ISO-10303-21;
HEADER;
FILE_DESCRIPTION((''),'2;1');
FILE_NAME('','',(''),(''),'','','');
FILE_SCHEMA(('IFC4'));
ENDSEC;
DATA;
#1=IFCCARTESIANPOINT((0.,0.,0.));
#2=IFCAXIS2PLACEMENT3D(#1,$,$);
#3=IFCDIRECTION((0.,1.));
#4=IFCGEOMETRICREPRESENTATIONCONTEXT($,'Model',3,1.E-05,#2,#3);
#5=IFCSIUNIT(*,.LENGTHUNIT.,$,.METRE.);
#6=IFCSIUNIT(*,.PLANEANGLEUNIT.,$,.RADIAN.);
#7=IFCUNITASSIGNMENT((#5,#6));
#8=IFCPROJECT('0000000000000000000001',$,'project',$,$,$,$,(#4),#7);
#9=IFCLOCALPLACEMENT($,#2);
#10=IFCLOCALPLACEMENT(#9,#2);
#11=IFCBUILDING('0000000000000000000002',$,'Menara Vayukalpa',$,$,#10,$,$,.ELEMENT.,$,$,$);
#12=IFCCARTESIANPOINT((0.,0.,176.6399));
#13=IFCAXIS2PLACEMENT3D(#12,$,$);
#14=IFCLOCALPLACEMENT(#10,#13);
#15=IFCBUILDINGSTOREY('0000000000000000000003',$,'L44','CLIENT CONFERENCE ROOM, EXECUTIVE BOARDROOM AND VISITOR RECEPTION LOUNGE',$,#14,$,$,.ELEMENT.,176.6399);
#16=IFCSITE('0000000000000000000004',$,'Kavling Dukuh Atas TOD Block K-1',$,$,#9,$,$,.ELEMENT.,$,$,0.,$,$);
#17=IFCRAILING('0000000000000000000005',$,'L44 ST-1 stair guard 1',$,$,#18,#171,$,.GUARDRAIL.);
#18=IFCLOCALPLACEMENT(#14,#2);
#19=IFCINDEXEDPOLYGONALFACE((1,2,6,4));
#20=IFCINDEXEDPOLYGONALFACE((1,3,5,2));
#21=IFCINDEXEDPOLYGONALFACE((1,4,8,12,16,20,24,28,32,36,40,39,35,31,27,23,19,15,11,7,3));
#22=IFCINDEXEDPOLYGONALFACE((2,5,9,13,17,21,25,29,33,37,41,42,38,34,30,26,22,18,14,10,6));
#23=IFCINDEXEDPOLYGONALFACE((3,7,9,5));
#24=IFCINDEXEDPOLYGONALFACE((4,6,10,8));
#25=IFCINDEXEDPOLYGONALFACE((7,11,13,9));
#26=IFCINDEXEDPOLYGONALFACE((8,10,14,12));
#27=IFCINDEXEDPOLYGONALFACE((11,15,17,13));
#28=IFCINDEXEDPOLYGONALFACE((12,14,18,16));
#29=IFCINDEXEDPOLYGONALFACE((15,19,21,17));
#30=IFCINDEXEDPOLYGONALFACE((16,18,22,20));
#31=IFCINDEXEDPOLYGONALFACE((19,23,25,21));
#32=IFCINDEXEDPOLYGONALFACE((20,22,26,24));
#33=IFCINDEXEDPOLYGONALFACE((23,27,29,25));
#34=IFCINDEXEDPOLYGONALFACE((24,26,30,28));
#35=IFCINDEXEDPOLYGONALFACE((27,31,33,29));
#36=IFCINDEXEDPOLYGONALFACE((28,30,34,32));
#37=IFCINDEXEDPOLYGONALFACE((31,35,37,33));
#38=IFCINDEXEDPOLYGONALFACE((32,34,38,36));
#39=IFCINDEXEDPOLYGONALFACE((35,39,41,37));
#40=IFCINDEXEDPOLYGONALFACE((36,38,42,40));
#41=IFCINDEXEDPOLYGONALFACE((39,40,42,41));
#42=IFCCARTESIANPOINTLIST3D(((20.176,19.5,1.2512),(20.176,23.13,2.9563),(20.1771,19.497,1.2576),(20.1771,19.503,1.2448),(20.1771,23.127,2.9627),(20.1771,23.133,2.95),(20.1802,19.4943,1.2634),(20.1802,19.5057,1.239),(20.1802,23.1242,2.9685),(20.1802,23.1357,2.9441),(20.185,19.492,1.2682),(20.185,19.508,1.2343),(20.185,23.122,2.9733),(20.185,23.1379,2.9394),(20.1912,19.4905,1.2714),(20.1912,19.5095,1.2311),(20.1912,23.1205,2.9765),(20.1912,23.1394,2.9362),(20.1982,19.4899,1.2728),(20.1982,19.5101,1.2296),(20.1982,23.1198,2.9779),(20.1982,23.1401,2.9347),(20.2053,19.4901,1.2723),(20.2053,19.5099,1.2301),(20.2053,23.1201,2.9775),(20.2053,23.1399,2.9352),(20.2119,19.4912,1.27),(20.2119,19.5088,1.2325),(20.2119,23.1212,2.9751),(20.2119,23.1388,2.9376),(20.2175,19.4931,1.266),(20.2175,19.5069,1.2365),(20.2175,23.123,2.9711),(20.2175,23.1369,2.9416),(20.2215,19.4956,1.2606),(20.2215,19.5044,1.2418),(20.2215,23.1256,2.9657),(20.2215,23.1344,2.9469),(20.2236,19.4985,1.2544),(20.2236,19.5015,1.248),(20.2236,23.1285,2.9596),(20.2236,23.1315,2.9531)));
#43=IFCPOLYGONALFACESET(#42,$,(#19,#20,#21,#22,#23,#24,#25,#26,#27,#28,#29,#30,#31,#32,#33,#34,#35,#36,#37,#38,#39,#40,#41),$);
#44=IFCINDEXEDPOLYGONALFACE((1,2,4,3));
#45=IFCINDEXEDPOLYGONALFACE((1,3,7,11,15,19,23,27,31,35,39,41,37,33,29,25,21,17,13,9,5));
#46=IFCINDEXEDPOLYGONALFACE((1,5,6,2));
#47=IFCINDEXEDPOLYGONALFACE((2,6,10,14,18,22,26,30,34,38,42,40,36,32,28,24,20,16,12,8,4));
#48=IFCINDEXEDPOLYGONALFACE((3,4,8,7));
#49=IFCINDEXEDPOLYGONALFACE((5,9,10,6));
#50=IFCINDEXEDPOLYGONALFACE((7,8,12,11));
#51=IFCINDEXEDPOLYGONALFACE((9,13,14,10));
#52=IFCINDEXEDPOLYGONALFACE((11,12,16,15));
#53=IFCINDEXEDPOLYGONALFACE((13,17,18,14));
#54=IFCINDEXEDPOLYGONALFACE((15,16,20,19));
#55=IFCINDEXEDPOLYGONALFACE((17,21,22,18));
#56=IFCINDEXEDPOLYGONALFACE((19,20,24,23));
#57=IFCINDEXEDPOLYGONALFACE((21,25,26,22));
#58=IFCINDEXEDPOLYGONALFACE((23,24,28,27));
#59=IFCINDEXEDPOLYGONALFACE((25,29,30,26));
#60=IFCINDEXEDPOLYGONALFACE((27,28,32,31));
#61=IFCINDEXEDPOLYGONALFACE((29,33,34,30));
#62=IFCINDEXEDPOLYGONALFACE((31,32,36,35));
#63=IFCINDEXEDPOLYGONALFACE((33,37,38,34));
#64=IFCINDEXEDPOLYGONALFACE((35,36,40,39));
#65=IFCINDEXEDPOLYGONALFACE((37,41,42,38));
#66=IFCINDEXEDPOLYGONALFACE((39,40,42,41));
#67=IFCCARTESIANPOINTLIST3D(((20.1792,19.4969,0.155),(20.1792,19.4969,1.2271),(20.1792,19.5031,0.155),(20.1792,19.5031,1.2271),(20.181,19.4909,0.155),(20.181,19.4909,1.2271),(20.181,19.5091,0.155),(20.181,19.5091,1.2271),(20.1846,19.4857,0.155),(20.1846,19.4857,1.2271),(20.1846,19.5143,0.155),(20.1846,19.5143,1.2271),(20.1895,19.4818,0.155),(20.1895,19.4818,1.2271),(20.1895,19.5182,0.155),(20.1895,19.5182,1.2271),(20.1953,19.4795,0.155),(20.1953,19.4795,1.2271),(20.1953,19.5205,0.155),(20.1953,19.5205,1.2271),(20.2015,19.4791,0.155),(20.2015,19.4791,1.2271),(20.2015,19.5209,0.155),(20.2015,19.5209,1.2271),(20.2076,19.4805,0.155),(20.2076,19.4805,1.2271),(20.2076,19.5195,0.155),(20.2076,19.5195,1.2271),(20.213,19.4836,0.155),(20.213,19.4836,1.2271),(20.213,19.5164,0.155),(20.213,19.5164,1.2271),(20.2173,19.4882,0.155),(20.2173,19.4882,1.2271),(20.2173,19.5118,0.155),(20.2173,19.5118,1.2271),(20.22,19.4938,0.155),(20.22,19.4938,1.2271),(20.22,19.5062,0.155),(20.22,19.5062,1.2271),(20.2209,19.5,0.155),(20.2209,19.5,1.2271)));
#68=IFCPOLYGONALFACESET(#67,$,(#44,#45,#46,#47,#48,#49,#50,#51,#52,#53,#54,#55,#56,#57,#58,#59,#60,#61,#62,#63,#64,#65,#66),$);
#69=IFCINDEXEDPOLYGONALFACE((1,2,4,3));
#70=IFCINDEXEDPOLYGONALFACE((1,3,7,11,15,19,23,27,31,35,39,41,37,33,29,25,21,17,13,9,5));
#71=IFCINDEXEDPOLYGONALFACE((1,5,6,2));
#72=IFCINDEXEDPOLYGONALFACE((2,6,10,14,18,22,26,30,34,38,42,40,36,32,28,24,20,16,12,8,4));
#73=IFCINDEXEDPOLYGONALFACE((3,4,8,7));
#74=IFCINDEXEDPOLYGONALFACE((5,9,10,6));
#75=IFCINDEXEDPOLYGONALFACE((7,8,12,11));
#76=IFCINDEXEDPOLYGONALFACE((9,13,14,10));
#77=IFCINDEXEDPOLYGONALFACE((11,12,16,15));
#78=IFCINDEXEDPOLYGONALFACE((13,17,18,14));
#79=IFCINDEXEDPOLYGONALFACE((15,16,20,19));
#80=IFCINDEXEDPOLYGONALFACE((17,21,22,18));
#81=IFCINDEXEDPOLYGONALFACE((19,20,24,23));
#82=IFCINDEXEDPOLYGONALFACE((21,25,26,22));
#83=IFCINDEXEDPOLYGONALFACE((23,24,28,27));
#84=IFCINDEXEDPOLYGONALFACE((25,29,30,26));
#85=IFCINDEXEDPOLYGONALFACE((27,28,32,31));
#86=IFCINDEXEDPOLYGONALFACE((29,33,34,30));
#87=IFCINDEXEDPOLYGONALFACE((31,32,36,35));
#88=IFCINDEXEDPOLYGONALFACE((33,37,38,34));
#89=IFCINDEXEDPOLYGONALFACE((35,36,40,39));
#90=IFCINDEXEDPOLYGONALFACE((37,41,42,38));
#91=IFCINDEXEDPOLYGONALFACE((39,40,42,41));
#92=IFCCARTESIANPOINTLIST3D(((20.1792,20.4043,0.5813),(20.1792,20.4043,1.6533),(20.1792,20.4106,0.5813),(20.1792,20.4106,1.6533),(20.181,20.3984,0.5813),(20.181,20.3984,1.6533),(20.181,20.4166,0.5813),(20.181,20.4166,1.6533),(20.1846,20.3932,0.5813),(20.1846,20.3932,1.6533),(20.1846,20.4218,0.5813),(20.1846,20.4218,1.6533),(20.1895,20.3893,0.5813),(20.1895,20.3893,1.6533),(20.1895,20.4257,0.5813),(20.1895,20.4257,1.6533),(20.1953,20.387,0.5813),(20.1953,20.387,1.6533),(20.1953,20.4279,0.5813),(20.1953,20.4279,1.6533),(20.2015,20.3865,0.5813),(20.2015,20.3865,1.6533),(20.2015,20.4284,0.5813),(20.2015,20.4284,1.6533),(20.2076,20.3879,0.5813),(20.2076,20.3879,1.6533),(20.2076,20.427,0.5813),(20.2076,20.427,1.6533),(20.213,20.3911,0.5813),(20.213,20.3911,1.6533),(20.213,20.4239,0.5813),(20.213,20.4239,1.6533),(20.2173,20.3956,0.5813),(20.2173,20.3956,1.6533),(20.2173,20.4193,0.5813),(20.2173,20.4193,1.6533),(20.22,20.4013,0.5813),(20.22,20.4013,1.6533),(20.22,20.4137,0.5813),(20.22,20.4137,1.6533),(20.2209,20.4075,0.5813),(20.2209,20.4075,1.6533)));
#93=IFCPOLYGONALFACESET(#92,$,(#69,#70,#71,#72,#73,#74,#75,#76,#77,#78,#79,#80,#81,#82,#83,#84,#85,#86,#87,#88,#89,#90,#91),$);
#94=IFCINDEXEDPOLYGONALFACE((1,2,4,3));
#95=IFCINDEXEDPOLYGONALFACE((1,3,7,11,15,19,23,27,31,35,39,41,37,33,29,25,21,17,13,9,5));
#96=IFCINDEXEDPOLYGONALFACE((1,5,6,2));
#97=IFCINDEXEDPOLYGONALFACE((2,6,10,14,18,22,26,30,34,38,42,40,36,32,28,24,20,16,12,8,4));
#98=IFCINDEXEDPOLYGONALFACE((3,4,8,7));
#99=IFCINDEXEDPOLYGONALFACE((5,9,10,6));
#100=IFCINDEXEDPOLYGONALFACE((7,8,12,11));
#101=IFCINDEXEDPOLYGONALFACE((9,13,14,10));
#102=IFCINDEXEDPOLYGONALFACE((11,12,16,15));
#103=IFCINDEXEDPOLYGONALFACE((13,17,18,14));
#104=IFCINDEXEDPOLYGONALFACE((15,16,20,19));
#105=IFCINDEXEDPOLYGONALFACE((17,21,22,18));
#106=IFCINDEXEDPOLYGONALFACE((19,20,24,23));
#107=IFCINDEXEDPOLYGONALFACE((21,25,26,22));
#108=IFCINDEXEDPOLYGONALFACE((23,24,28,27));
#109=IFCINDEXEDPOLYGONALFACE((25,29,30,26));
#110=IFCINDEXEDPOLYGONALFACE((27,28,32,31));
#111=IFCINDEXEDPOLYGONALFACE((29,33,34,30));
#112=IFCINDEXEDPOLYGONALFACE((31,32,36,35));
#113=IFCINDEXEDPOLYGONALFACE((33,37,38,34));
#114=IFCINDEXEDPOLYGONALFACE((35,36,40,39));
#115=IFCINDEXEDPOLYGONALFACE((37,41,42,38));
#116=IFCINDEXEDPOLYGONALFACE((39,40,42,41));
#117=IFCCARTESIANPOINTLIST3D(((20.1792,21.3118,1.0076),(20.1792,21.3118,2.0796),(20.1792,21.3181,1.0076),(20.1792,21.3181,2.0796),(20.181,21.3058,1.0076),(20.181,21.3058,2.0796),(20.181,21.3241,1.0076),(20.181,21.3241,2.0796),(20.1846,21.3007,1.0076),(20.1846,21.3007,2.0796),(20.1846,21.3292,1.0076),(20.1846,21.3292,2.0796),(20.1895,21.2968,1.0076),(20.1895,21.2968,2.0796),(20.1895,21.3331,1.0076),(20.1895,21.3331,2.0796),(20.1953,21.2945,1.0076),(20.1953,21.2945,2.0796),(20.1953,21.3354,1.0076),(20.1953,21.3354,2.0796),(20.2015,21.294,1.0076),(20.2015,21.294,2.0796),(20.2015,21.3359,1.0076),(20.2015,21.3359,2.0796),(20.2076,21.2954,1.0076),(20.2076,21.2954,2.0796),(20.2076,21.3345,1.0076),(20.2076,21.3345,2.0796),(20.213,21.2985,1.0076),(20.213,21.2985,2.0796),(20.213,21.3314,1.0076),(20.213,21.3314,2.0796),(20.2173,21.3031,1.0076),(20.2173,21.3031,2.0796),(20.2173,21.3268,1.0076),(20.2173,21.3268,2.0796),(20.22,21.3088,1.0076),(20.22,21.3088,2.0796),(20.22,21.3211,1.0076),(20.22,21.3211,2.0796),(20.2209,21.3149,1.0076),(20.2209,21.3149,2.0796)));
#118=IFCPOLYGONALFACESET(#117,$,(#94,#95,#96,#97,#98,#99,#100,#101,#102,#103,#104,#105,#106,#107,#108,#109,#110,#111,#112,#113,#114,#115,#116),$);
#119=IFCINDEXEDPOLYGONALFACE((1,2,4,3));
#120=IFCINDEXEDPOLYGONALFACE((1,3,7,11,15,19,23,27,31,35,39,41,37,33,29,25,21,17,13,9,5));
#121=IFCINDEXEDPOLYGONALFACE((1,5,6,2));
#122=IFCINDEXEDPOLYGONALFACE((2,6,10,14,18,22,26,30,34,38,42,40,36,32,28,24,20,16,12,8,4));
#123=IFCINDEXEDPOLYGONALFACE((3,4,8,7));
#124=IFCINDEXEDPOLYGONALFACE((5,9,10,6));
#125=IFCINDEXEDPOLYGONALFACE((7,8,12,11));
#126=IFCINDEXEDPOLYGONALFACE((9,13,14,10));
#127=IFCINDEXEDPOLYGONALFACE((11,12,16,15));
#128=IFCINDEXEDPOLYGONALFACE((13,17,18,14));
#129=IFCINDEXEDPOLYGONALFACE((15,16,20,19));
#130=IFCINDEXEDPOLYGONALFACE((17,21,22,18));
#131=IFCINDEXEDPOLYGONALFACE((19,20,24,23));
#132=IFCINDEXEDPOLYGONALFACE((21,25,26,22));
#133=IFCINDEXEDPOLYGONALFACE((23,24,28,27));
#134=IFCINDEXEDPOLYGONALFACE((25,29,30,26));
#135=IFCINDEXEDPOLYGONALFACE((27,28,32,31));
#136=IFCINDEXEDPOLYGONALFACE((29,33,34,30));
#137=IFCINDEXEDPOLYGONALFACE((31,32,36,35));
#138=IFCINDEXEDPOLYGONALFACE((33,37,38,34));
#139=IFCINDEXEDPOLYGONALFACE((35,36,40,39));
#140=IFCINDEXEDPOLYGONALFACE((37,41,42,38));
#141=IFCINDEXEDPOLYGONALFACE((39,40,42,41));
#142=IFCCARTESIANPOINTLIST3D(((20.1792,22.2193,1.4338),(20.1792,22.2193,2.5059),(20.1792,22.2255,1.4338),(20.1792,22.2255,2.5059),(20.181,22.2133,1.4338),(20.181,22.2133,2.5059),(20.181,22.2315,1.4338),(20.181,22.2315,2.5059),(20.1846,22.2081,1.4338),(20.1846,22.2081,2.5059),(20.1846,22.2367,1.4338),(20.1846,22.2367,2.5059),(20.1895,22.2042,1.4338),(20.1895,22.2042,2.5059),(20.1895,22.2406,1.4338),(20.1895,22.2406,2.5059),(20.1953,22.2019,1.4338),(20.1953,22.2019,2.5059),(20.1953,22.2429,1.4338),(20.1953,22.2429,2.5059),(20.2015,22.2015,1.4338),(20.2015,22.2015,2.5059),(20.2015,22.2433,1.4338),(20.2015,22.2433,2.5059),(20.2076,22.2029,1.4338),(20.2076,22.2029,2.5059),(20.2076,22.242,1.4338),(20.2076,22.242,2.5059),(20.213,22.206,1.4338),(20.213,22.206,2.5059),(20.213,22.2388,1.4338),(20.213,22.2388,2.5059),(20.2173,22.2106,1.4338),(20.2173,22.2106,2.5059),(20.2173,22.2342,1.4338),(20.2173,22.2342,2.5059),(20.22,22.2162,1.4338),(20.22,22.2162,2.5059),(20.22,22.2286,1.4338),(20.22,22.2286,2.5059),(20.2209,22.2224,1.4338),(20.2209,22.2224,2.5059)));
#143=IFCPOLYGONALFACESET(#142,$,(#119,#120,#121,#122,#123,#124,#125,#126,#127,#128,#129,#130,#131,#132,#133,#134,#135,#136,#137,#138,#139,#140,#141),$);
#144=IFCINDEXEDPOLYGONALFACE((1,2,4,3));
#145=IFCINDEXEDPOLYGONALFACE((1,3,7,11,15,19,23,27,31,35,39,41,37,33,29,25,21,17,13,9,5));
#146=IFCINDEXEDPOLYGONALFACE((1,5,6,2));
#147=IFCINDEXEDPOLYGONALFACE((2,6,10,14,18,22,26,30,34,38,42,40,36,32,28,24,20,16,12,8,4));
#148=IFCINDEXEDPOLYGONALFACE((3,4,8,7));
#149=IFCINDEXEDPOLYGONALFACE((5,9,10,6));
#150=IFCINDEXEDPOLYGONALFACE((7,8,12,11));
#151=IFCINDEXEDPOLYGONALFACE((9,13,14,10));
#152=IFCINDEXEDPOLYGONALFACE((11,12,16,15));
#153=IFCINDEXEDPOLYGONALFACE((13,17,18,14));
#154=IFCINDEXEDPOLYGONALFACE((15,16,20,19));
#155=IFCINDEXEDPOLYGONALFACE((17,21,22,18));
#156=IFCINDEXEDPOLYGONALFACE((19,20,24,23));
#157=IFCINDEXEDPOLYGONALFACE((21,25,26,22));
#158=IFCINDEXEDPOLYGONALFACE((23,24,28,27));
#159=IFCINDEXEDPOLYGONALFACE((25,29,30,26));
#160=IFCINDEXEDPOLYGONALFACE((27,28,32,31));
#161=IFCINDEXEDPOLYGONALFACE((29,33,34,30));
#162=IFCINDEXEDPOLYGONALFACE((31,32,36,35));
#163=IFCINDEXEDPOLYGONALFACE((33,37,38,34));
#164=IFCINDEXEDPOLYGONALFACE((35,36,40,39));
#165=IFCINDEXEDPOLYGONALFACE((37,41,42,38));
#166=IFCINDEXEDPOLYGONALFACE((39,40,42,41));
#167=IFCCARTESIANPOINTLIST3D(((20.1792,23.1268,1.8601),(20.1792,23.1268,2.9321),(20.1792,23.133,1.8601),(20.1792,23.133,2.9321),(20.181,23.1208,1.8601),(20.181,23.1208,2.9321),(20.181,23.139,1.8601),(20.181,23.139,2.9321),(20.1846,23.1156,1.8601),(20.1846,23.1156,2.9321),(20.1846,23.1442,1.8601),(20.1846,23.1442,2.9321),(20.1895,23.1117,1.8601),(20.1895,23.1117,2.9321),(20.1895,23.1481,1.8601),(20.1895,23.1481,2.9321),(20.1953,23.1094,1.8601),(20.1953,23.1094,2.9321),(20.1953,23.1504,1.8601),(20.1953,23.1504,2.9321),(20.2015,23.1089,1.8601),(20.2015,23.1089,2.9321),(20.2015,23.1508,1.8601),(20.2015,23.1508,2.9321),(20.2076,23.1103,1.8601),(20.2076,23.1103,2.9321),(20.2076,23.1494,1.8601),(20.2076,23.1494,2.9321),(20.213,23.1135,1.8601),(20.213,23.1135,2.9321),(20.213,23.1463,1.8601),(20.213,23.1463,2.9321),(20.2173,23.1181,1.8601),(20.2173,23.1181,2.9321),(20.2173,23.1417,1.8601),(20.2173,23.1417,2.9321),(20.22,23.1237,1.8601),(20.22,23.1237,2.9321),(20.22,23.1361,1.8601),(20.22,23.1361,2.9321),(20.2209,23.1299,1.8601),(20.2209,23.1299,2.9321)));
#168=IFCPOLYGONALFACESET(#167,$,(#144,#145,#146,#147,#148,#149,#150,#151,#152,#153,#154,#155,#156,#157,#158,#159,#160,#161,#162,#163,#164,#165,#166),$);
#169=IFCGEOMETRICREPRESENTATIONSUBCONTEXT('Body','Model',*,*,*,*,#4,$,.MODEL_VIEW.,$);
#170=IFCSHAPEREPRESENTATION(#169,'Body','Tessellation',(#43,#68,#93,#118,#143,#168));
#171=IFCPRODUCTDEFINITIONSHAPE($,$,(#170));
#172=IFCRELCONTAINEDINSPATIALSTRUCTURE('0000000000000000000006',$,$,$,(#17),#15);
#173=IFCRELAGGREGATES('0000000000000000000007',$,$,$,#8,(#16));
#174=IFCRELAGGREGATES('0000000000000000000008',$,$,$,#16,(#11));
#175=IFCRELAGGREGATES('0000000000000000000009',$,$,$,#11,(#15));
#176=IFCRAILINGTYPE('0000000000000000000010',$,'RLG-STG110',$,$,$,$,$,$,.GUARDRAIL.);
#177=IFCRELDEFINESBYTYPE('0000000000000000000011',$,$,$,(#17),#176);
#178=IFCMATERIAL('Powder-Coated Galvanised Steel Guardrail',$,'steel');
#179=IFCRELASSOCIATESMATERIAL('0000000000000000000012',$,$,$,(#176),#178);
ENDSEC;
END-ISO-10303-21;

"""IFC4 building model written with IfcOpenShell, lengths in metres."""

from ifc_helpers import new_model, si_unit, direction, frame, origin, origin_2d, place, context, subcontext, project, spatial, circle, extrude, material, type_object, element, save


model = new_model("IFC4")

# Units and contexts
model_context = context("Model", 3, precision=1e-05, world=origin(), true_north=direction((0.0, 1.0)))
body_context = subcontext(model_context, "Body", "Model", "MODEL_VIEW")
ifc_project = project(units=[si_unit("LENGTHUNIT", "METRE"), si_unit("PLANEANGLEUNIT", "RADIAN")], contexts=[model_context])

# Site, building, storey
site_placement = place(None, origin())
site = spatial("IfcSite", under=ifc_project, at=site_placement, Name="Kavling Dukuh Atas TOD Block K-1", CompositionType="ELEMENT", RefElevation=0.0)
building_placement = place(site_placement, origin())
building = spatial("IfcBuilding", under=site, at=building_placement, Name="Menara Vayukalpa", CompositionType="ELEMENT")
storey_placement = place(building_placement, frame((0.0, 0.0, 176.6399)))
storey = spatial("IfcBuildingStorey", under=building, at=storey_placement, Name="L44", Description="CLIENT CONFERENCE ROOM, EXECUTIVE BOARDROOM AND VISITOR RECEPTION LOUNGE", CompositionType="ELEMENT", Elevation=176.6399)

# Railing
ifc_material_1 = material(Name="Powder-Coated Galvanised Steel Guardrail", Category="steel")
railing_type = type_object("IfcRailingType", Name="RLG-STG110", PredefinedType="GUARDRAIL", material=ifc_material_1)
railing_1_placement = place(storey_placement, frame((20.2, 19.5, 0.155)))
element("IfcRailing", 1, at=railing_1_placement, inside=storey, type_object=railing_type, Name="L44 ST-1 stair guard 1", PredefinedType="GUARDRAIL", context=body_context, shape_type="SweptSolid", body=[
    extrude(circle(Radius=0.0239, at=origin_2d()), frame((0.0, 0.0, 1.0962), z_axis=(0.0, 0.905116, 0.425164), x_axis=(-1.0, 0.0, 0.0)), (0.0, 0.0, 1.0), 4.0105),
    extrude(circle(Radius=0.021, at=origin_2d()), origin(), (0.0, 0.0, 1.0), 1.072),
    extrude(circle(Radius=0.021, at=origin_2d()), frame((0.0, 0.9075, 0.4263)), (0.0, 0.0, 1.0), 1.072),
    extrude(circle(Radius=0.021, at=origin_2d()), frame((0.0, 1.8149, 0.8525)), (0.0, 0.0, 1.0), 1.072),
    extrude(circle(Radius=0.021, at=origin_2d()), frame((0.0, 2.7224, 1.2788)), (0.0, 0.0, 1.0), 1.072),
    extrude(circle(Radius=0.021, at=origin_2d()), frame((0.0, 3.6299, 1.7051)), (0.0, 0.0, 1.0), 1.072),
])

save(model, "model.ifc")
